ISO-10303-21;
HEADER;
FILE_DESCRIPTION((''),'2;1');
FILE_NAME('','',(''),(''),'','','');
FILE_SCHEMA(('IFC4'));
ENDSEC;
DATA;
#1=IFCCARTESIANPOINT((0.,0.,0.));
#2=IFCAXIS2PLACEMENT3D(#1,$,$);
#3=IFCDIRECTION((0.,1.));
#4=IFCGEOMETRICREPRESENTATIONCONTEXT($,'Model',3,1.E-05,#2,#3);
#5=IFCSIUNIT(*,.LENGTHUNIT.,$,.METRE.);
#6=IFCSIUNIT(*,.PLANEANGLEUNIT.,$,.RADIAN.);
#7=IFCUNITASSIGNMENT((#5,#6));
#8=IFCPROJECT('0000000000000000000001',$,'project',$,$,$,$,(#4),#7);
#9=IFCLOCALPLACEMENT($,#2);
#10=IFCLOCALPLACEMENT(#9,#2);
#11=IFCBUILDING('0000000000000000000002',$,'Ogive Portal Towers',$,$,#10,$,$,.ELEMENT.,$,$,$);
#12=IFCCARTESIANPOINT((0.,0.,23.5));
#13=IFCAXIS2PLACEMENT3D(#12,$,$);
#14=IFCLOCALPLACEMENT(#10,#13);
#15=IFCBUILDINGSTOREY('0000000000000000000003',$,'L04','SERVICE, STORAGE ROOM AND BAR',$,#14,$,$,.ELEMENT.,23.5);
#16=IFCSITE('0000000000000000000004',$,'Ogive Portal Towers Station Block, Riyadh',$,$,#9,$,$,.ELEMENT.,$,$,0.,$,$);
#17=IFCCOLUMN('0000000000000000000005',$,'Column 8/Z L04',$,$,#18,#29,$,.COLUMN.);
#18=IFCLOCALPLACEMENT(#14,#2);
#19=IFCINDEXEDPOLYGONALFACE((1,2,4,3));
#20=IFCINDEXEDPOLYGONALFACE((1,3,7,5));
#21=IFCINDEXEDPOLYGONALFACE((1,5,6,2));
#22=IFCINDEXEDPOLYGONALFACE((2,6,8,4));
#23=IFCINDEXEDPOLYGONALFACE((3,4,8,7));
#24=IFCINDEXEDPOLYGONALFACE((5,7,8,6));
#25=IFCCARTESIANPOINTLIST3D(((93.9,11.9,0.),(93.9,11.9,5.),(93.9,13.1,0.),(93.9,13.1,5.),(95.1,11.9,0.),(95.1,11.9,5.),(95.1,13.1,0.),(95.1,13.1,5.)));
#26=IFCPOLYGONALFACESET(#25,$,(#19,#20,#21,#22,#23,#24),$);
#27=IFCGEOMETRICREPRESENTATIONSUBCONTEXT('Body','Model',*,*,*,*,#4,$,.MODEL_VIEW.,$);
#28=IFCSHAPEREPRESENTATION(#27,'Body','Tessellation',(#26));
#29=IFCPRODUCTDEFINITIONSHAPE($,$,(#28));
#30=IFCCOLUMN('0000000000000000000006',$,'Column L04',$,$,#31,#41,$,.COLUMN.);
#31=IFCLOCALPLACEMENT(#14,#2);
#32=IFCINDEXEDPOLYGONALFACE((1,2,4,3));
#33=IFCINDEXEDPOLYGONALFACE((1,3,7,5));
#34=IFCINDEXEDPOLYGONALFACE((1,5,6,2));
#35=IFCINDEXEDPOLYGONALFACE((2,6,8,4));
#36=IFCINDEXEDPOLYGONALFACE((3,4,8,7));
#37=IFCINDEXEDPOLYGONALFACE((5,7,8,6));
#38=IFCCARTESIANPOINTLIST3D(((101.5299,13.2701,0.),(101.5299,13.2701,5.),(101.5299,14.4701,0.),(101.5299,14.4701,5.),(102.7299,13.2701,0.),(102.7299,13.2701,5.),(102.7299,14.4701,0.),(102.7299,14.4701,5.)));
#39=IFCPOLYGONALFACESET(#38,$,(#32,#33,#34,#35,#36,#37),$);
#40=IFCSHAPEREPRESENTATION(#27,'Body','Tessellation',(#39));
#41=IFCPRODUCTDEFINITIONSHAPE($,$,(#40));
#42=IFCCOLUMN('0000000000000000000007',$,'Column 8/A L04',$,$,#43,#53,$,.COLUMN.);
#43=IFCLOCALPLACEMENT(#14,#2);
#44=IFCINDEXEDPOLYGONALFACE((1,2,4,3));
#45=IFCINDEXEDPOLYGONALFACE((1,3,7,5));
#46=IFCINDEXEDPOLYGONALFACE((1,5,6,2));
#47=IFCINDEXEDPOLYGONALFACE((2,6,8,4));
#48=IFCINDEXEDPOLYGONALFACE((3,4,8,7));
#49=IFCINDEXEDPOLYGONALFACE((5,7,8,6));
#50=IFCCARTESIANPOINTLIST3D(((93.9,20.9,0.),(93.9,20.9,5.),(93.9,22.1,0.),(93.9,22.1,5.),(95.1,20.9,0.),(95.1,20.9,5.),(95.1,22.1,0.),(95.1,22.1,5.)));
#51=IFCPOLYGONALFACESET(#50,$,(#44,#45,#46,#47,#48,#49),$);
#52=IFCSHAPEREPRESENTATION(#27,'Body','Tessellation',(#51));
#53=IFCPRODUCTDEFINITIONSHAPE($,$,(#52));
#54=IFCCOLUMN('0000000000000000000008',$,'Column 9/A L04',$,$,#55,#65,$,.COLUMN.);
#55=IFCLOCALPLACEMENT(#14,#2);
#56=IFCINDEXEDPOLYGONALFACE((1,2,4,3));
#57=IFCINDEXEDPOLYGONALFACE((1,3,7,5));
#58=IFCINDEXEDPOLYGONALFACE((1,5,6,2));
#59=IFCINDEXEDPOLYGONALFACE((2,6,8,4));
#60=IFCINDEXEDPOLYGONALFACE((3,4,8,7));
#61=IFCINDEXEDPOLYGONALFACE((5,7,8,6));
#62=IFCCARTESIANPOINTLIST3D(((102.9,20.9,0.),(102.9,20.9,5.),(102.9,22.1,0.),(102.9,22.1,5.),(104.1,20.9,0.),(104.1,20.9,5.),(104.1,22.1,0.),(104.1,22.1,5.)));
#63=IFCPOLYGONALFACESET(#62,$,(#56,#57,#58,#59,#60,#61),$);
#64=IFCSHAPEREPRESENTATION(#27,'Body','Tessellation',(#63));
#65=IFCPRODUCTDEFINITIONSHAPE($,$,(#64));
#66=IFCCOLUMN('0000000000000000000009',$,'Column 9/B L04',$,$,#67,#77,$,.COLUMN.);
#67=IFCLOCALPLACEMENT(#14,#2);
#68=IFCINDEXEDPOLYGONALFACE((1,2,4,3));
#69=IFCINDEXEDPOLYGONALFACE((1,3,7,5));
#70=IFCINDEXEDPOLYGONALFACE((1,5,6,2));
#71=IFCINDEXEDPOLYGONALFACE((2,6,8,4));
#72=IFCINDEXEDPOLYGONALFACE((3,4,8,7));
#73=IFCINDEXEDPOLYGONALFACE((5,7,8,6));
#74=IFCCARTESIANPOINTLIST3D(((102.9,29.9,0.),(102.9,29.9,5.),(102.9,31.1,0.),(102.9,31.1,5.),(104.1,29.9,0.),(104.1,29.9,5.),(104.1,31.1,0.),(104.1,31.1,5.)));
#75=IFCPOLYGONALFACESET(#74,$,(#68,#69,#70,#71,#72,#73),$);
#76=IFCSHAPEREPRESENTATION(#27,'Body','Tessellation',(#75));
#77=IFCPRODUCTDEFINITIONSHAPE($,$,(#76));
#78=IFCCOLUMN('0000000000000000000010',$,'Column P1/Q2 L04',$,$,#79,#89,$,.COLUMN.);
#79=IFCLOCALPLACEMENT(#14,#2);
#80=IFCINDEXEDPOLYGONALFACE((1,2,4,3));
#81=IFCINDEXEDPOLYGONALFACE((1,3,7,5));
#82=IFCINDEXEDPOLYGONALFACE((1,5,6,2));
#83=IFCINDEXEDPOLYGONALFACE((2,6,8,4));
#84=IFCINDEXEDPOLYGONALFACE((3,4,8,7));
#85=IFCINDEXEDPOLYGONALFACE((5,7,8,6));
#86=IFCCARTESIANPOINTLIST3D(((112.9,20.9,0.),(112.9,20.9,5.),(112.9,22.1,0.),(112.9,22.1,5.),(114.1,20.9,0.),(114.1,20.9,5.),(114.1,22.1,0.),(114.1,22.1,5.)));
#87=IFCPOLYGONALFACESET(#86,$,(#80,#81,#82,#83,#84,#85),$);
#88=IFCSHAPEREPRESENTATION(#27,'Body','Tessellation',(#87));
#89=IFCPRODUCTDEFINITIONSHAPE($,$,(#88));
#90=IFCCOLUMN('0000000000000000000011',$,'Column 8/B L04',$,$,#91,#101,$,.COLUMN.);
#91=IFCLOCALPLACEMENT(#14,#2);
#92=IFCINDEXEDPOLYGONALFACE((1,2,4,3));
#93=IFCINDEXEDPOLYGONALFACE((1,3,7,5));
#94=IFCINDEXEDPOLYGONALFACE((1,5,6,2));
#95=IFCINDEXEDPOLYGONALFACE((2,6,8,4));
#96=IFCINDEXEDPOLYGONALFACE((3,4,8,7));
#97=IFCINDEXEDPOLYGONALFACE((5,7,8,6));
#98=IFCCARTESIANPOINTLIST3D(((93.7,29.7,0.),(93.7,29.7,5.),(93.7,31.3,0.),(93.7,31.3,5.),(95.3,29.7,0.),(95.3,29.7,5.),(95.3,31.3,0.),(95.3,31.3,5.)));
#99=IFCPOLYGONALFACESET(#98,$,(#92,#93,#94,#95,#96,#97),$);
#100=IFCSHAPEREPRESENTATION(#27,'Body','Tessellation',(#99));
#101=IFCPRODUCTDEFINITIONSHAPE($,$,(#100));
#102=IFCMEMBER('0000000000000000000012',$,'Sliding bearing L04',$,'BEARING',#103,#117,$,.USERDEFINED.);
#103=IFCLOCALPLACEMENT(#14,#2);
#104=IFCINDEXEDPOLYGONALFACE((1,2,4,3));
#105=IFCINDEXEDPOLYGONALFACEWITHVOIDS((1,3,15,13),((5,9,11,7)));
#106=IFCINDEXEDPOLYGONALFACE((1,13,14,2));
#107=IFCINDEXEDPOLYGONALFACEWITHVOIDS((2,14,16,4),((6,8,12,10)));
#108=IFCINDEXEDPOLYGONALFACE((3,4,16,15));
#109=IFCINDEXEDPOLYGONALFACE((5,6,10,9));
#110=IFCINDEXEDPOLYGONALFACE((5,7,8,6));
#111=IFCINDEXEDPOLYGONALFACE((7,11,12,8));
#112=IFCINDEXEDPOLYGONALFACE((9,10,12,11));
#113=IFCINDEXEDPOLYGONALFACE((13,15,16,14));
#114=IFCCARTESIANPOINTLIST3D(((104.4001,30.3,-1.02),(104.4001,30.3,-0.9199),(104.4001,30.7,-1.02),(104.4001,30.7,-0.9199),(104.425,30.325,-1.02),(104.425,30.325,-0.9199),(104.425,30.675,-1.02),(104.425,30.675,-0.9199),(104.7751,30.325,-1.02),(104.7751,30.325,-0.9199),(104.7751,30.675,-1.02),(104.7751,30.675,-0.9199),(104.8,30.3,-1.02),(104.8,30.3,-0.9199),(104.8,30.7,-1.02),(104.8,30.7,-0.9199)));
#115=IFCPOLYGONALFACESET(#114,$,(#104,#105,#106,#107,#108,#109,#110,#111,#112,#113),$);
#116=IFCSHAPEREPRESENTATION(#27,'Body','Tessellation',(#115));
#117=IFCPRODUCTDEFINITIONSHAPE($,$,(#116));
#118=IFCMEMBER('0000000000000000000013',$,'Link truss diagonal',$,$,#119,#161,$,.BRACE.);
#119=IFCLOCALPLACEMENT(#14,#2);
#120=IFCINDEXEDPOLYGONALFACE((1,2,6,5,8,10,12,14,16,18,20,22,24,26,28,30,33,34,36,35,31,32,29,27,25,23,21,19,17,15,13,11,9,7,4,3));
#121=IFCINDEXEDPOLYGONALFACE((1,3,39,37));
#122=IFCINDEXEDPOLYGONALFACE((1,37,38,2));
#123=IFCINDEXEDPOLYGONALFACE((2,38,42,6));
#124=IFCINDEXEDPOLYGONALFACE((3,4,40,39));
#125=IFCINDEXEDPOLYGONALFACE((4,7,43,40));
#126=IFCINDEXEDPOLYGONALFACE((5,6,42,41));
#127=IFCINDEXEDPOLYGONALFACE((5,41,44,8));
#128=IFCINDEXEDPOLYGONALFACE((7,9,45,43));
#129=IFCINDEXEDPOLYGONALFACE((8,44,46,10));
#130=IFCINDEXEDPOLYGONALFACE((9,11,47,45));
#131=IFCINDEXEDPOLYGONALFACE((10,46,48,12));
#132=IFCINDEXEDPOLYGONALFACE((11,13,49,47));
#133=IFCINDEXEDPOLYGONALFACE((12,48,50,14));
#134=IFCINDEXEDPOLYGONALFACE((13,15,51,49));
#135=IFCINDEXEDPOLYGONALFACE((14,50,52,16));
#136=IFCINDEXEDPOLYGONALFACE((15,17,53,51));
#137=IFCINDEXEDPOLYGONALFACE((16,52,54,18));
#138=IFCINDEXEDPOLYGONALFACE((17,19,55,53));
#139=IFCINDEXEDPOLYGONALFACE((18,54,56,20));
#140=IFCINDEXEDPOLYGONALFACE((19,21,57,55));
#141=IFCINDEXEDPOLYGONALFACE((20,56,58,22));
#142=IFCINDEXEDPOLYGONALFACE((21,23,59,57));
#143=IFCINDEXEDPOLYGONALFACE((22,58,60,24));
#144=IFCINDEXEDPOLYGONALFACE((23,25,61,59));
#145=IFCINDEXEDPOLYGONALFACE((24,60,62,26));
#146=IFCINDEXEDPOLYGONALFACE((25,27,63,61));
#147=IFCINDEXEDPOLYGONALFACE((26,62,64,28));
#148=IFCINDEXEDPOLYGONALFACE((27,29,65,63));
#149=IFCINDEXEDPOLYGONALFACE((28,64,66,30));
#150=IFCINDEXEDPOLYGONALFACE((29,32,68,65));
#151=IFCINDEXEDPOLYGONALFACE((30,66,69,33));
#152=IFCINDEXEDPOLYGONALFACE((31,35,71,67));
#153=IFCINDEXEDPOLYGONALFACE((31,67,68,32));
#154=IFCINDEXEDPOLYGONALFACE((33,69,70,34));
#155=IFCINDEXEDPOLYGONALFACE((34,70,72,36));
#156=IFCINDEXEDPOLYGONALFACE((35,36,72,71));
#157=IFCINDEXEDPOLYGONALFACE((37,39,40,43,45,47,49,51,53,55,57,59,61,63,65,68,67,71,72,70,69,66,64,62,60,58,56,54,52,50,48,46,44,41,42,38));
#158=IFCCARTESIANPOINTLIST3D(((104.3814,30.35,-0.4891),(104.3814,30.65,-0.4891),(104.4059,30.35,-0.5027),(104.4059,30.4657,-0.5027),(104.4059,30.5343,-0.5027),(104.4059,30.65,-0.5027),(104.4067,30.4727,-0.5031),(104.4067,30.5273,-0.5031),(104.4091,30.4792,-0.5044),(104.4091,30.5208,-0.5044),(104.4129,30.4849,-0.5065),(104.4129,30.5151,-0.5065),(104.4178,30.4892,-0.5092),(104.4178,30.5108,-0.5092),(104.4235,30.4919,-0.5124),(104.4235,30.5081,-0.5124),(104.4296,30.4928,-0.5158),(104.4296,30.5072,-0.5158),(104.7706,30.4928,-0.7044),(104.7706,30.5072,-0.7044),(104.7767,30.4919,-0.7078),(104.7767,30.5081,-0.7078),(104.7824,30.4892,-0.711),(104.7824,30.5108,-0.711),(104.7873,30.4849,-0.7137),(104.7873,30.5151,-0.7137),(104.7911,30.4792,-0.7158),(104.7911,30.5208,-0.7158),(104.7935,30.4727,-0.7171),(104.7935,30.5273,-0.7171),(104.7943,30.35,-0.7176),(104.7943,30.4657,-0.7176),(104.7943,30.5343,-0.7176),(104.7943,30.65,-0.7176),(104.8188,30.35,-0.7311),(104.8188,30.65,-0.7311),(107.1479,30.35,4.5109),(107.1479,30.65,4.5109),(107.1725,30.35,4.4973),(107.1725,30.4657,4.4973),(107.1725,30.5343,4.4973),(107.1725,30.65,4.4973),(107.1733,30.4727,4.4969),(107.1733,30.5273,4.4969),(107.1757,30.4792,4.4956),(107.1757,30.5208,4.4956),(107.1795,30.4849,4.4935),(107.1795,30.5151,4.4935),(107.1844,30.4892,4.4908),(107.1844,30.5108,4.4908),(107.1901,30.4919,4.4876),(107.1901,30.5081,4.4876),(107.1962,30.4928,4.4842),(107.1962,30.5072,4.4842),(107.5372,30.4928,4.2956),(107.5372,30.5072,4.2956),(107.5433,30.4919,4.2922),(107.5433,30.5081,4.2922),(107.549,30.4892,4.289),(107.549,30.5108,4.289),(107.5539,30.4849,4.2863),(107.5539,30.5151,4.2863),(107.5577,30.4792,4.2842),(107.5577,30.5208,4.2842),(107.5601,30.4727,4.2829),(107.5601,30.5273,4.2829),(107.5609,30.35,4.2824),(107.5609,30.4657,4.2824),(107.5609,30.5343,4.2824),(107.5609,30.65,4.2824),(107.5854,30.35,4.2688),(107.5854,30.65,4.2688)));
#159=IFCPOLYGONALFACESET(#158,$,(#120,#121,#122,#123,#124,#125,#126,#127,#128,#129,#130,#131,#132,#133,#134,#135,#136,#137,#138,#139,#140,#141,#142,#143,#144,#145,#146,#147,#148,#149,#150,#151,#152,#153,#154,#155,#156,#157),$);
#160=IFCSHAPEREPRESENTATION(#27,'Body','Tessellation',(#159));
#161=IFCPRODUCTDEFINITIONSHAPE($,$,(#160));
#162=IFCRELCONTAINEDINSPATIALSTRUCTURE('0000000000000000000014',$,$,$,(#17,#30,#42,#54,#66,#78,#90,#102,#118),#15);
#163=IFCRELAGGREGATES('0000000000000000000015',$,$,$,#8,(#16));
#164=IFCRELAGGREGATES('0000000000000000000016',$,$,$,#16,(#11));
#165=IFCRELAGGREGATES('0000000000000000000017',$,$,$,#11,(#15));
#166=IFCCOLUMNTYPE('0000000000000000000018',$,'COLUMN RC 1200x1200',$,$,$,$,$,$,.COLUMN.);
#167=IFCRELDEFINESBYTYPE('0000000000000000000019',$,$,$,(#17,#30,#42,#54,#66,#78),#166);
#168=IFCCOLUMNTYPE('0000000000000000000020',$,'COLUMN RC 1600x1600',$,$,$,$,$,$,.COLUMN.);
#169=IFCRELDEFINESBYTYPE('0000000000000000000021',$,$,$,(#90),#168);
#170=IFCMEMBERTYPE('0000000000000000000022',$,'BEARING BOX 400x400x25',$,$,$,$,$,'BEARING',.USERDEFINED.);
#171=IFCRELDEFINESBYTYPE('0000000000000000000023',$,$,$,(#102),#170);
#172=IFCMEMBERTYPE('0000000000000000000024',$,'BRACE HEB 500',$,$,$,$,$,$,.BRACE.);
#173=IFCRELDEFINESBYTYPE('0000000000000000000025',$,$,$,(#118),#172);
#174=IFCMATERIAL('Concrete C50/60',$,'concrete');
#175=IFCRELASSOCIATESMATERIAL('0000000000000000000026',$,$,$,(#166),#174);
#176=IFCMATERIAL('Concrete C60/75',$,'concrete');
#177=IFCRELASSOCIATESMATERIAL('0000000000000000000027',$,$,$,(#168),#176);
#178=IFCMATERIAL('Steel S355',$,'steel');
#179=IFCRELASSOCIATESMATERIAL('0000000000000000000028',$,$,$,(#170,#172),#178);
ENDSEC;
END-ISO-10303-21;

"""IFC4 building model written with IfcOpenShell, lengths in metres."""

from ifc_helpers import new_model, si_unit, direction, frame, origin, origin_2d, place, context, subcontext, project, spatial, rectangle, hollow_rectangle, i_section, extrude, material, material_profile, profile_set, type_object, element, save


model = new_model("IFC4")

# Units and contexts
model_context = context("Model", 3, precision=1e-05, world=origin(), true_north=direction((0.0, 1.0)))
body_context = subcontext(model_context, "Body", "Model", "MODEL_VIEW")
ifc_project = project(units=[si_unit("LENGTHUNIT", "METRE"), si_unit("PLANEANGLEUNIT", "RADIAN")], contexts=[model_context])

# Site, building, storey
site_placement = place(None, origin())
site = spatial("IfcSite", under=ifc_project, at=site_placement, Name="Ogive Portal Towers Station Block, Riyadh", CompositionType="ELEMENT", RefElevation=0.0)
building_placement = place(site_placement, origin())
building = spatial("IfcBuilding", under=site, at=building_placement, Name="Ogive Portal Towers", CompositionType="ELEMENT")
storey_placement = place(building_placement, frame((0.0, 0.0, 23.5)))
storey = spatial("IfcBuildingStorey", under=building, at=storey_placement, Name="L04", Description="SERVICE, STORAGE ROOM AND BAR", CompositionType="ELEMENT", Elevation=23.5)

# Columns
ifc_material_1 = material(Name="Concrete C50/60", Category="concrete")
ifc_material_profile_1 = material_profile(ifc_material_1, rectangle(XDim=1.2, YDim=1.2, at=origin_2d()), Name="RC 1200x1200")
ifc_profile_set_1 = profile_set([ifc_material_profile_1], Name="Concrete C50/60")
column_type_1 = type_object("IfcColumnType", Name="COLUMN RC 1200x1200", PredefinedType="COLUMN", material=ifc_profile_set_1)
for number, where, z_axis, x_axis, name in (
    (1, (94.5, 12.5, 0.0), (0.0, 0.0, 1.0), (1.0, 0.0, 0.0), "Column 8/Z L04"),
    (2, (102.1299, 13.8701, 0.0), (0.0, 0.0, 1.0), (1.0, 0.0, 0.0), "Column L04"),
    (3, (94.5, 21.5, 0.0), (0.0, 0.0, 1.0), (1.0, 0.0, 0.0), "Column 8/A L04"),
    (4, (103.5, 21.5, 0.0), (0.0, 0.0, 1.0), (1.0, 0.0, 0.0), "Column 9/A L04"),
    (5, (103.5, 30.5, 0.0), (0.0, 0.0, 1.0), (1.0, 0.0, 0.0), "Column 9/B L04"),
    (6, (113.5, 21.5, 0.0), (0.0, 0.0, 1.0), (1.0, 0.0, 0.0), "Column P1/Q2 L04"),
):
    element("IfcColumn", number, at=place(storey_placement, frame(where, z_axis=z_axis, x_axis=x_axis)), inside=storey, type_object=column_type_1, Name=name, PredefinedType="COLUMN", context=body_context, shape_type="SweptSolid", body=[
        extrude(rectangle(XDim=1.2, YDim=1.2, at=origin_2d()), origin(), (0.0, 0.0, 1.0), 5.0),
    ])
ifc_material_2 = material(Name="Concrete C60/75", Category="concrete")
ifc_material_profile_2 = material_profile(ifc_material_2, rectangle(XDim=1.6001, YDim=1.6001, at=origin_2d()), Name="RC 1600x1600")
ifc_profile_set_2 = profile_set([ifc_material_profile_2], Name="Concrete C60/75")
column_type_2 = type_object("IfcColumnType", Name="COLUMN RC 1600x1600", PredefinedType="COLUMN", material=ifc_profile_set_2)
column_placement = place(storey_placement, frame((94.5, 30.5, 0.0), z_axis=(0.0, 0.0, 1.0), x_axis=(1.0, 0.0, 0.0)))
element("IfcColumn", 7, at=column_placement, inside=storey, type_object=column_type_2, Name="Column 8/B L04", PredefinedType="COLUMN", context=body_context, shape_type="SweptSolid", body=[
    extrude(rectangle(XDim=1.6001, YDim=1.6001, at=origin_2d()), origin(), (0.0, 0.0, 1.0), 5.0),
])

# Members
ifc_material_3 = material(Name="Steel S355", Category="steel")
ifc_material_profile_3 = material_profile(ifc_material_3, hollow_rectangle(XDim=0.3999, YDim=0.3999, WallThickness=0.0249, at=origin_2d()), Name="BOX 400x400x25")
ifc_profile_set_3 = profile_set([ifc_material_profile_3], Name="Steel S355")
member_type_1 = type_object("IfcMemberType", Name="BEARING BOX 400x400x25", ElementType="BEARING", PredefinedType="USERDEFINED", material=ifc_profile_set_3)
member_1_placement = place(storey_placement, frame((104.6001, 30.5, -1.02), z_axis=(0.0, 0.0, 1.0), x_axis=(1.0, 0.0, 0.0)))
element("IfcMember", 8, at=member_1_placement, inside=storey, type_object=member_type_1, Name="Sliding bearing L04", ObjectType="BEARING", PredefinedType="USERDEFINED", context=body_context, shape_type="SweptSolid", body=[
    extrude(hollow_rectangle(XDim=0.3999, YDim=0.3999, WallThickness=0.0249, at=origin_2d()), origin(), (0.0, 0.0, 1.0), 0.1001),
])
ifc_material_profile_4 = material_profile(ifc_material_3, i_section(OverallWidth=0.3, OverallDepth=0.5, WebThickness=0.0144, FlangeThickness=0.0281, FilletRadius=0.0271, at=origin_2d()), Name="HEB 500")
ifc_profile_set_4 = profile_set([ifc_material_profile_4], Name="Steel S355")
member_type_2 = type_object("IfcMemberType", Name="BRACE HEB 500", PredefinedType="BRACE", material=ifc_profile_set_4)
member_2_placement = place(storey_placement, frame((104.6001, 30.5, -0.6101), z_axis=(0.484148, 0.0, 0.874986), x_axis=(0.0, 1.0, 0.0)))
element("IfcMember", 9, at=member_2_placement, inside=storey, type_object=member_type_2, Name="Link truss diagonal", PredefinedType="BRACE", context=body_context, shape_type="SweptSolid", body=[
    extrude(i_section(OverallWidth=0.3, OverallDepth=0.5, WebThickness=0.0144, FlangeThickness=0.0281, FilletRadius=0.0271, at=origin_2d()), origin(), (0.0, 0.0, 1.0), 5.7144),
])

save(model, "model.ifc")
